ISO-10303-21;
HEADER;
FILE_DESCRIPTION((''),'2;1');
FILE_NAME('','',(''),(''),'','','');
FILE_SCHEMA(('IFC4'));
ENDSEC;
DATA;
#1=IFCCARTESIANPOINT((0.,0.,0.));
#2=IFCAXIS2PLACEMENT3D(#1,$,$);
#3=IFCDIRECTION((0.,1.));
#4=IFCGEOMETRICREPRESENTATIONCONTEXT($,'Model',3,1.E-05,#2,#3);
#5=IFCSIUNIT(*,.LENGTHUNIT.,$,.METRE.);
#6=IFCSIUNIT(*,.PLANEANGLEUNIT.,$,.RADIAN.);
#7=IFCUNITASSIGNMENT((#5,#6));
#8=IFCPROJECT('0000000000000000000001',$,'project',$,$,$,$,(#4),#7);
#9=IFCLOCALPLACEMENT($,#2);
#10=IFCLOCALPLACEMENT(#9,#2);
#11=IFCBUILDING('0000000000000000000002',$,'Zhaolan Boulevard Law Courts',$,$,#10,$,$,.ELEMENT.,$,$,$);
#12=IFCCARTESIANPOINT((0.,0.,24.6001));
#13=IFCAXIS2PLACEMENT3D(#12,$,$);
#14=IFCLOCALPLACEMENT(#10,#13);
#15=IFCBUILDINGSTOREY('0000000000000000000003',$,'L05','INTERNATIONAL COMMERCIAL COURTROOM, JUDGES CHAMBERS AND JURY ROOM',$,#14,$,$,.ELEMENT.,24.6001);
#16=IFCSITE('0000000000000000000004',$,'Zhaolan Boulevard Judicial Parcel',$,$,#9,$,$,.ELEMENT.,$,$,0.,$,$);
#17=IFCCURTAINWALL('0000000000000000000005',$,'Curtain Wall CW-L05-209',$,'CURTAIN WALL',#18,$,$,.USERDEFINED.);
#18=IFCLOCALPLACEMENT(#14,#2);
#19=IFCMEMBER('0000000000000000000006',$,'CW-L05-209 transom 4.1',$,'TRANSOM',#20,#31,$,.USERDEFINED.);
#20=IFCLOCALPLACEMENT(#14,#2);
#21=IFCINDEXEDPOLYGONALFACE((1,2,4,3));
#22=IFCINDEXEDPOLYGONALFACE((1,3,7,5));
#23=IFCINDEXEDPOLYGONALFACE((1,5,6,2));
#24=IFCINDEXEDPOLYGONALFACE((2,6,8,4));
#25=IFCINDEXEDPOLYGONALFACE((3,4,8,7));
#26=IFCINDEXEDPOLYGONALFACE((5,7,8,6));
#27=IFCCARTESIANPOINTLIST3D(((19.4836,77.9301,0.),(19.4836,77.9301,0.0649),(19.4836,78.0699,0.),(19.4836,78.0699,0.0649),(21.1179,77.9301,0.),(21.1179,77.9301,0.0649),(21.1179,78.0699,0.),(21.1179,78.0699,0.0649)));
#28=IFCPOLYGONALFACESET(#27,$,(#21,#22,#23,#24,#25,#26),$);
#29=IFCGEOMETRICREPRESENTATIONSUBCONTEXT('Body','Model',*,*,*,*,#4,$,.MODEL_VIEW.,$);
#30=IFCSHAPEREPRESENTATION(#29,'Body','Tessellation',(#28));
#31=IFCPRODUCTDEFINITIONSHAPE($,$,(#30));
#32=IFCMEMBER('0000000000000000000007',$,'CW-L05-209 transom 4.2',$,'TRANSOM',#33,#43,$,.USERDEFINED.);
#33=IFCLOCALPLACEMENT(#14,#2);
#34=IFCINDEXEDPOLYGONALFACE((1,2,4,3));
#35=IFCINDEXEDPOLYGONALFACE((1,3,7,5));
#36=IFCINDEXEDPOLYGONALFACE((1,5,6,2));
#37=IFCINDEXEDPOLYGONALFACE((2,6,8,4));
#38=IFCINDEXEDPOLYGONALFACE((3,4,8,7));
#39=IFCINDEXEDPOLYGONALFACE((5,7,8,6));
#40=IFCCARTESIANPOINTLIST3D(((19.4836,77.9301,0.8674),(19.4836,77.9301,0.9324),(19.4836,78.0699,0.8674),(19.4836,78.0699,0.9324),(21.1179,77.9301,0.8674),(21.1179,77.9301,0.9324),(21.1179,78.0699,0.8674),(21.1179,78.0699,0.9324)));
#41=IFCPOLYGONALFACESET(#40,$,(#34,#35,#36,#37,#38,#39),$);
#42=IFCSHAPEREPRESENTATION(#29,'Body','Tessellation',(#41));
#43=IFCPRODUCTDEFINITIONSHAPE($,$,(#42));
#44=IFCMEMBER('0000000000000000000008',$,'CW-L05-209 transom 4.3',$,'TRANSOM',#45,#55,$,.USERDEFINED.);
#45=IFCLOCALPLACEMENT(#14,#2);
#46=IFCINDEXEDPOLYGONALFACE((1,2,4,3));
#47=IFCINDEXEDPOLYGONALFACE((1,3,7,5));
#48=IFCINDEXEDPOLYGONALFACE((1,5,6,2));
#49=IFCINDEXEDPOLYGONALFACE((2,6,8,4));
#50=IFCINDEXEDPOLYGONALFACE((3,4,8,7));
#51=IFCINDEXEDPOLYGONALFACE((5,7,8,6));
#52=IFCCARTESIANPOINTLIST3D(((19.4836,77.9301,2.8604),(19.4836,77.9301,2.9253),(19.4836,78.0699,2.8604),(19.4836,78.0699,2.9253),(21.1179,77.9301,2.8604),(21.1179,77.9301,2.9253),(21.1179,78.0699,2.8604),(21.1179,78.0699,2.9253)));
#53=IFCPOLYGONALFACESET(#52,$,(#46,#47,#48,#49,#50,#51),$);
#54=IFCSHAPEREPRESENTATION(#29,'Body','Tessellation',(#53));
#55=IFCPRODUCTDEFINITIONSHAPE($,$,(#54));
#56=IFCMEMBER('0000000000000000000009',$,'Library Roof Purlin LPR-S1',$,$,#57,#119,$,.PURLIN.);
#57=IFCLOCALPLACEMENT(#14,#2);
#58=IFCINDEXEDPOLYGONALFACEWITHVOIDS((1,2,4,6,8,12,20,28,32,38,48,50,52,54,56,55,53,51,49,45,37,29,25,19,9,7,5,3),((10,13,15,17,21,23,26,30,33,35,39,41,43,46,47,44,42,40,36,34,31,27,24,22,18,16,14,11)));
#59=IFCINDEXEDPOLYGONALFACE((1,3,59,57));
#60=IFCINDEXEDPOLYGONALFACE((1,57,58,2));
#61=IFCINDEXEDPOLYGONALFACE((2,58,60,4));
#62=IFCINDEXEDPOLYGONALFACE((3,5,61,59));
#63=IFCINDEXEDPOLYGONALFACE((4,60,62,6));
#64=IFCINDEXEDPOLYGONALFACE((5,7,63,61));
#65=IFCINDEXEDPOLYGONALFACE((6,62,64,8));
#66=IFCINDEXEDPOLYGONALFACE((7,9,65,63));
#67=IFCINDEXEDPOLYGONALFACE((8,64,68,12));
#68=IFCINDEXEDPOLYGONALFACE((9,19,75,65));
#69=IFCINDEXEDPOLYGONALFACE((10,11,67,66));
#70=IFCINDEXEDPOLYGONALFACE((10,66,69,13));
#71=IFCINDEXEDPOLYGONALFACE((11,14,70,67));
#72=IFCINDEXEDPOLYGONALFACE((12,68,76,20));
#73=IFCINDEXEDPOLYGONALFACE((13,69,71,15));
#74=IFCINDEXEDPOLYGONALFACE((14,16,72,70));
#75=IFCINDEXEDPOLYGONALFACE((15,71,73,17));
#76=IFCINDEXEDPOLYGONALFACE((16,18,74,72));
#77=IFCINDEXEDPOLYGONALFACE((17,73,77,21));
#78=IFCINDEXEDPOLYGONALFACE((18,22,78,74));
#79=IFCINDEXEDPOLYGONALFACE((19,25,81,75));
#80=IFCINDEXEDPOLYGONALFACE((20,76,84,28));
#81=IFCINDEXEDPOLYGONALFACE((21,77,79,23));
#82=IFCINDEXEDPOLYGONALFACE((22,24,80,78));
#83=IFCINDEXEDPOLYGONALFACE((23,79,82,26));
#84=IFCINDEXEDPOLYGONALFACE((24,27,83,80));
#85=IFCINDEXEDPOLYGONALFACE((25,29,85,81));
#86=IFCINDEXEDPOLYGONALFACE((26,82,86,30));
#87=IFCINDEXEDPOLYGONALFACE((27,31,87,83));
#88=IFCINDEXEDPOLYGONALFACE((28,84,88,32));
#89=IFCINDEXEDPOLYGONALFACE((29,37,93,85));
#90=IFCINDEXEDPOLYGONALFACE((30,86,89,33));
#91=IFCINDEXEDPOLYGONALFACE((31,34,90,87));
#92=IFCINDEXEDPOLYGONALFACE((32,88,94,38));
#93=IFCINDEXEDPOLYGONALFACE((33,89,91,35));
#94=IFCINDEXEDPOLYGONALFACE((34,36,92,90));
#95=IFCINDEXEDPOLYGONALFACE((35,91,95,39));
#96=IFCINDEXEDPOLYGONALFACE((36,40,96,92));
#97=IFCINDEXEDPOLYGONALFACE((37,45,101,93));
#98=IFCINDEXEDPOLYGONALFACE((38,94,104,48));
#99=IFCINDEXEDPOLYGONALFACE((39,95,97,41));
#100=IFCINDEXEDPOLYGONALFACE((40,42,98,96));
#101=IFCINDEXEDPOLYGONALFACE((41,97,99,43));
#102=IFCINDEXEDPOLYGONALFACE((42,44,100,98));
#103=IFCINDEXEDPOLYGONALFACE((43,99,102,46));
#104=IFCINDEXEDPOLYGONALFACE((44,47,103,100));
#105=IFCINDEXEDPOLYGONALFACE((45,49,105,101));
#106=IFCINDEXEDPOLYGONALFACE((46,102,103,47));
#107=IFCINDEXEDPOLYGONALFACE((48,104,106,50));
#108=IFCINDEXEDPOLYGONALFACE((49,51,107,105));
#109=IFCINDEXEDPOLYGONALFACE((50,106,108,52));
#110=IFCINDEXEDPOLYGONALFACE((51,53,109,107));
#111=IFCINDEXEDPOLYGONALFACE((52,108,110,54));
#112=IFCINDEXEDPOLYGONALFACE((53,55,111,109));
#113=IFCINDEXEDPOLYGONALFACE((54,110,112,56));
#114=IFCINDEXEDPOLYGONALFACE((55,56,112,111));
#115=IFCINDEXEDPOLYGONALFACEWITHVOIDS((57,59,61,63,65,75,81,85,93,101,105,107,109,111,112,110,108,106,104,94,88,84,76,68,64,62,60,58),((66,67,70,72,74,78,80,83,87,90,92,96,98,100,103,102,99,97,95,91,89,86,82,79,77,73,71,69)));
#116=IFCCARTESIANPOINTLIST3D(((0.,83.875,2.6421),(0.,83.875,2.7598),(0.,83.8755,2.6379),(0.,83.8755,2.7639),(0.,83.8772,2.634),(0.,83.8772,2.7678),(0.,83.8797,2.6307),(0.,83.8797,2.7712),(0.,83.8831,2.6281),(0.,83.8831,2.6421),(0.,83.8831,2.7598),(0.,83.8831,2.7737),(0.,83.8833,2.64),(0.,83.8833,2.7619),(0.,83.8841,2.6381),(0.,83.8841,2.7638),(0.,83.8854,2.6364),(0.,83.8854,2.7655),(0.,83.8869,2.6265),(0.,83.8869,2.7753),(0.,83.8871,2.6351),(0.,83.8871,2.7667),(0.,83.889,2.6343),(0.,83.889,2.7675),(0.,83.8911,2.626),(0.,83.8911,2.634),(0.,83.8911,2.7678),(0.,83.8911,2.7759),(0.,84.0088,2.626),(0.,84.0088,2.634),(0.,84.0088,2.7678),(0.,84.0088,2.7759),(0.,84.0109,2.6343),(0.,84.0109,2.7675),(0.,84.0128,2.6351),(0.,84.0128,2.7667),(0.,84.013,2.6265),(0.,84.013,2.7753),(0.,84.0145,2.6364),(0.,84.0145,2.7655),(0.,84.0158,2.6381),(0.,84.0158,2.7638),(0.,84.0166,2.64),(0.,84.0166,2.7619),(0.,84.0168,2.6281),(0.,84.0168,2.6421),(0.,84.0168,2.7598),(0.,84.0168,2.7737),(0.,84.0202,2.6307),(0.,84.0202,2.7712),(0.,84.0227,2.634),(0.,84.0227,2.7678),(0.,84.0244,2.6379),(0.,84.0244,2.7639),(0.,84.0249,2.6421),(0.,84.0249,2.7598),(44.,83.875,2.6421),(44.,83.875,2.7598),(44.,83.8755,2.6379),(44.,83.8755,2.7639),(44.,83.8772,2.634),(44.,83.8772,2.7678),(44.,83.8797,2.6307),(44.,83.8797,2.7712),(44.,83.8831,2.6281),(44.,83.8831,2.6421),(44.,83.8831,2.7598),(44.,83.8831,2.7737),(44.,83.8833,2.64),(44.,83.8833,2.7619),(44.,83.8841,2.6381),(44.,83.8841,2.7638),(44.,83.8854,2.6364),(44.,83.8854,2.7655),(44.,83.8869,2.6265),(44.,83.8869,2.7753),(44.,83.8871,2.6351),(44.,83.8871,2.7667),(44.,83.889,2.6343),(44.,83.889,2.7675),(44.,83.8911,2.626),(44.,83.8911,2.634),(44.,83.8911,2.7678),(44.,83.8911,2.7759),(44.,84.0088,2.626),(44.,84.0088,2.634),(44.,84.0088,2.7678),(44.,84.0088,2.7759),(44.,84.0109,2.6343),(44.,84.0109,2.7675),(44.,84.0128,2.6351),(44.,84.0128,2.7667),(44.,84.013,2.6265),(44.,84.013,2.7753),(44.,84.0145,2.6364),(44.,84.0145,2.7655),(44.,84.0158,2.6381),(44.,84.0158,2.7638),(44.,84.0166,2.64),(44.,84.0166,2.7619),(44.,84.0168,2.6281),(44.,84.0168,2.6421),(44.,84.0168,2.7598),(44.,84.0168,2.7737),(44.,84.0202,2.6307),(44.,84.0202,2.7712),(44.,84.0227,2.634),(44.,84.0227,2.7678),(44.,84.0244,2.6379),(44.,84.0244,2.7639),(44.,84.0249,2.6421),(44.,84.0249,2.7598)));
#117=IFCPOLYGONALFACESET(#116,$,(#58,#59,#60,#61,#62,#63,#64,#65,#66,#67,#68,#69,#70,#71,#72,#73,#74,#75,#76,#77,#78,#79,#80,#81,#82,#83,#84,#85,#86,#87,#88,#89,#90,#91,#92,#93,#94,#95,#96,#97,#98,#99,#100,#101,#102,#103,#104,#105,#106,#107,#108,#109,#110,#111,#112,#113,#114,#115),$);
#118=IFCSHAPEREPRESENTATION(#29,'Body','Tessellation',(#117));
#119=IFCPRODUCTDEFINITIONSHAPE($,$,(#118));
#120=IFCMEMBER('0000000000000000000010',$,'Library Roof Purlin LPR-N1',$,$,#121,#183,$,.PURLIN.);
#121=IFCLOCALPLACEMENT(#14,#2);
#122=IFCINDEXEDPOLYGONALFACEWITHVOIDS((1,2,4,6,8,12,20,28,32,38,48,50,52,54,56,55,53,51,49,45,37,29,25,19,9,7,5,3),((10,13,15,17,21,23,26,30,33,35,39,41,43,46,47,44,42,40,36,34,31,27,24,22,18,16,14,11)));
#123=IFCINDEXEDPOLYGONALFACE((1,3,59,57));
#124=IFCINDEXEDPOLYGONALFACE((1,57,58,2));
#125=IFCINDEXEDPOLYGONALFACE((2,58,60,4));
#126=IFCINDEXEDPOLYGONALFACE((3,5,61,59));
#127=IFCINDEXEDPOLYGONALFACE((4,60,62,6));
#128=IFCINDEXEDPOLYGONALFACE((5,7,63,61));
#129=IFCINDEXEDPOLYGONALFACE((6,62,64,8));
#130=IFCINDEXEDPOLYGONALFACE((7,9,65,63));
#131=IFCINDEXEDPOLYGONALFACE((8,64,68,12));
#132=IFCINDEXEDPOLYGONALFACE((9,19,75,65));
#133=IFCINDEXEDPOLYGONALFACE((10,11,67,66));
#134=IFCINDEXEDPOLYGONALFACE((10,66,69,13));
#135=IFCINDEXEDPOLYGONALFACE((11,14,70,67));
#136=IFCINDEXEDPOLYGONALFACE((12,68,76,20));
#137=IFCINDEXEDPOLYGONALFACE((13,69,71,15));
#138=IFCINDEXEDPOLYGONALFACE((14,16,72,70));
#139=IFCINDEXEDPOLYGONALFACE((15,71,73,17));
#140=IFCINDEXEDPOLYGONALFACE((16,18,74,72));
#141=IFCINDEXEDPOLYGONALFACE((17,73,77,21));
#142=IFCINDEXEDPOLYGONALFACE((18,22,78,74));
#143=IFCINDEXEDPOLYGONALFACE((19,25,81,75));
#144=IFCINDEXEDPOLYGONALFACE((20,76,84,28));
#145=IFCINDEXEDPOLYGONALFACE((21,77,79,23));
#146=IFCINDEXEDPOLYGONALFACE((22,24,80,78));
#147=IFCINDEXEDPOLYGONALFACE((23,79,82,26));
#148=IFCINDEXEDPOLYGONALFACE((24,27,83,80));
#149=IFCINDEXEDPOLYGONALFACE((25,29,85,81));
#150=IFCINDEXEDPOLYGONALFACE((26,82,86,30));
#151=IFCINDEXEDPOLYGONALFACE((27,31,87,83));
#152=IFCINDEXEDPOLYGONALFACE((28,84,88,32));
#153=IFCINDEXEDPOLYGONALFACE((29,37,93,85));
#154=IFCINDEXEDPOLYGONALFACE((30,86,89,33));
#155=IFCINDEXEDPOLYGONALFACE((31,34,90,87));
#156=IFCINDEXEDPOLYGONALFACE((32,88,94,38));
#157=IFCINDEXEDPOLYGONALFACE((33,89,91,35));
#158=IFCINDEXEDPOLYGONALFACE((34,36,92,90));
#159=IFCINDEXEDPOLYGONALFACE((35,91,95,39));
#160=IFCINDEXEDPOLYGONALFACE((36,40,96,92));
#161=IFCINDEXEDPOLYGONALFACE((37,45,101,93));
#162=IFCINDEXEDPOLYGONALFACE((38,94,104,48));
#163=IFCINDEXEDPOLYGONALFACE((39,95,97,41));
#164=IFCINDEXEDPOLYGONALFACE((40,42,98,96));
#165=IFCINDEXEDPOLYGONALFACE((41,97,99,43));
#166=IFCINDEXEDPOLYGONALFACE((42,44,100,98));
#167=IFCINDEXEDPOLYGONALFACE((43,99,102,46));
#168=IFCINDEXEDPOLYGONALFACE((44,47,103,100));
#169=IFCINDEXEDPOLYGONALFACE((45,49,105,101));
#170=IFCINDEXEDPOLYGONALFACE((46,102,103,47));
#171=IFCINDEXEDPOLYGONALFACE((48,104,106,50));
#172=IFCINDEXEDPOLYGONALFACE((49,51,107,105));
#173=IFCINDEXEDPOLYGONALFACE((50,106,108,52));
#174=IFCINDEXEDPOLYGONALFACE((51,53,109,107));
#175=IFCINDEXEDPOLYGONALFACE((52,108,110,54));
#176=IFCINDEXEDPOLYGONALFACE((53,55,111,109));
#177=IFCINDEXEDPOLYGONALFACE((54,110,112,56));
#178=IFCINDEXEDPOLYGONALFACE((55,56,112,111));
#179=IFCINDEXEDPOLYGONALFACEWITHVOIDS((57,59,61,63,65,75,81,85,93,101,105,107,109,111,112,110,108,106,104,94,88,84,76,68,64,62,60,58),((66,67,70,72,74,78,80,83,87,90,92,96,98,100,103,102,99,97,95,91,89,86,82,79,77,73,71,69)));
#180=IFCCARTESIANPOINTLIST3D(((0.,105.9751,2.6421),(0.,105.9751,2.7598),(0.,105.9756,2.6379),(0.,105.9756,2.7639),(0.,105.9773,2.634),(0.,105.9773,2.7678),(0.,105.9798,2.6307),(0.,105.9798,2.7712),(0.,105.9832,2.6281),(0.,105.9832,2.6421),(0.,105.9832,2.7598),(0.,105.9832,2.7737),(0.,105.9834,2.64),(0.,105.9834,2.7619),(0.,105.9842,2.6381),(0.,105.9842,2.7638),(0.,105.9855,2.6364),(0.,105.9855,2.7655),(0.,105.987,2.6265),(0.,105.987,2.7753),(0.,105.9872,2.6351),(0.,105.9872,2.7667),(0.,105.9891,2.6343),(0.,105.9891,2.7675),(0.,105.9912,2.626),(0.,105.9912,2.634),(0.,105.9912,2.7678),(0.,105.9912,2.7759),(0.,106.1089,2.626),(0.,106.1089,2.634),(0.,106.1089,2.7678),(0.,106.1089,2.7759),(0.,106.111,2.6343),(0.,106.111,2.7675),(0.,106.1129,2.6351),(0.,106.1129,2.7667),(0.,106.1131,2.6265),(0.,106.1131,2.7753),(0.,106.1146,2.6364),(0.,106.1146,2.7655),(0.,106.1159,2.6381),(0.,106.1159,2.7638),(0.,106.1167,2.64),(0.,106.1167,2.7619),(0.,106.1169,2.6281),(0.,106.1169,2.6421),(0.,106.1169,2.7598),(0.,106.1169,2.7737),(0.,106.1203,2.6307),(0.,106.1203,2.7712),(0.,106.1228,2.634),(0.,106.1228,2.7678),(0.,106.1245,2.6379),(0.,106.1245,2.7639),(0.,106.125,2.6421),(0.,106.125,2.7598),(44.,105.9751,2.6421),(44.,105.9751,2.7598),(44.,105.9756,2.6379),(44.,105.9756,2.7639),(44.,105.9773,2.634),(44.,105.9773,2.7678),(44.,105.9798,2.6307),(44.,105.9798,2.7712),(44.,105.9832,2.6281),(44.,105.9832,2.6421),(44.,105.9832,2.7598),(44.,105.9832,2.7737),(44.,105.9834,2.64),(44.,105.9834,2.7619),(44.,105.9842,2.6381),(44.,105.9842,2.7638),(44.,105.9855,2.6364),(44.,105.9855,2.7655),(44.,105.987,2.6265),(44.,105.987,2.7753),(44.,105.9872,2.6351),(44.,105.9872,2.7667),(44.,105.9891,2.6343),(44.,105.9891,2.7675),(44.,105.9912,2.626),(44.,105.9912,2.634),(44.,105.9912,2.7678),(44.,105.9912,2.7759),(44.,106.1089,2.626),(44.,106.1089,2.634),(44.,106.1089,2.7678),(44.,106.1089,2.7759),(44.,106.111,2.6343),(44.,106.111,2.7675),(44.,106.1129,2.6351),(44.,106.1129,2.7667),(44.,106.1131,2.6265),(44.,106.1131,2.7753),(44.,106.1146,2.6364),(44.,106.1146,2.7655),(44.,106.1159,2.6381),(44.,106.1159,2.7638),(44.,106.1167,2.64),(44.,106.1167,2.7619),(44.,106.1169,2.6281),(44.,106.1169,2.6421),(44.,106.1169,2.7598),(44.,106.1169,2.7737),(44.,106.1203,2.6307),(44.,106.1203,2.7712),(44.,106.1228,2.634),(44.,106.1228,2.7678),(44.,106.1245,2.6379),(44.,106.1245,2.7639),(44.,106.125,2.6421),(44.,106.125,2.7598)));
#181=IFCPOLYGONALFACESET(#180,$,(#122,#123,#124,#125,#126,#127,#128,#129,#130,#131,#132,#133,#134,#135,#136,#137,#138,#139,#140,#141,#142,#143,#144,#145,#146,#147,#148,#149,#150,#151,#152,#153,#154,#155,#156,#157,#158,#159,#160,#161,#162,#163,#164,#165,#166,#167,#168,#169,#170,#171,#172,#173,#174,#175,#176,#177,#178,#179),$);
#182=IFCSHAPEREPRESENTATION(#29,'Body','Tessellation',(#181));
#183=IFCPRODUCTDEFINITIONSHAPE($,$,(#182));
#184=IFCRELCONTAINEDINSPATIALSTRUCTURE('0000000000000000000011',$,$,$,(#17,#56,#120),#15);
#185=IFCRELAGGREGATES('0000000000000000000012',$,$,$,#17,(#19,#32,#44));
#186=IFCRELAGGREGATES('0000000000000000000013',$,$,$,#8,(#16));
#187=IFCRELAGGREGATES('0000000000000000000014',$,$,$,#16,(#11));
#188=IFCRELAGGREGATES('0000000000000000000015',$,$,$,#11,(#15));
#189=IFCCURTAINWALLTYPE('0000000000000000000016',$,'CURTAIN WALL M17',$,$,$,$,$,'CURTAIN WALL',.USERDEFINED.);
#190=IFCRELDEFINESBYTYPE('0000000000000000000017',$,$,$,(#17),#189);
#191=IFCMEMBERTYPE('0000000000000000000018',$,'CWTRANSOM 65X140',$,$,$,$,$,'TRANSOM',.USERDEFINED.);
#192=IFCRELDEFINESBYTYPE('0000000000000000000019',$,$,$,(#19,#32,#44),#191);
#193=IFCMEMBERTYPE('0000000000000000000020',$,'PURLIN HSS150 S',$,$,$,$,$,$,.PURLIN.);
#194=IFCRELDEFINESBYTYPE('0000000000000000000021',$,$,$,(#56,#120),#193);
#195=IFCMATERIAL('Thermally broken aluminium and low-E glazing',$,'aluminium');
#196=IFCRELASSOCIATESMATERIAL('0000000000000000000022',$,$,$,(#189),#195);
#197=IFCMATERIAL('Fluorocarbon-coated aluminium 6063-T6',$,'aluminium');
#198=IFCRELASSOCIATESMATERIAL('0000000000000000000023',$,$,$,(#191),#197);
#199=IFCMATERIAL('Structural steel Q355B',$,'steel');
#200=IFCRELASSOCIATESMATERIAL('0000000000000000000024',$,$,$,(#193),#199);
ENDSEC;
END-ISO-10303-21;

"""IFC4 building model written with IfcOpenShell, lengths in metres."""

from ifc_helpers import new_model, si_unit, direction, frame, origin, origin_2d, place, context, subcontext, project, spatial, rectangle, hollow_rectangle, extrude, material, material_profile, profile_set, type_object, element, aggregate, save


model = new_model("IFC4")

# Units and contexts
model_context = context("Model", 3, precision=1e-05, world=origin(), true_north=direction((0.0, 1.0)))
body_context = subcontext(model_context, "Body", "Model", "MODEL_VIEW")
ifc_project = project(units=[si_unit("LENGTHUNIT", "METRE"), si_unit("PLANEANGLEUNIT", "RADIAN")], contexts=[model_context])

# Site, building, storey
site_placement = place(None, origin())
site = spatial("IfcSite", under=ifc_project, at=site_placement, Name="Zhaolan Boulevard Judicial Parcel", CompositionType="ELEMENT", RefElevation=0.0)
building_placement = place(site_placement, origin())
building = spatial("IfcBuilding", under=site, at=building_placement, Name="Zhaolan Boulevard Law Courts", CompositionType="ELEMENT")
storey_placement = place(building_placement, frame((0.0, 0.0, 24.6001)))
storey = spatial("IfcBuildingStorey", under=building, at=storey_placement, Name="L05", Description="INTERNATIONAL COMMERCIAL COURTROOM, JUDGES CHAMBERS AND JURY ROOM", CompositionType="ELEMENT", Elevation=24.6001)

# Curtain wall, members
ifc_material_1 = material(Name="Thermally broken aluminium and low-E glazing", Category="aluminium")
curtain_wall_type = type_object("IfcCurtainWallType", Name="CURTAIN WALL M17", ElementType="CURTAIN WALL", PredefinedType="USERDEFINED", material=ifc_material_1)
curtain_wall_placement = place(storey_placement, origin())
curtain_wall = element("IfcCurtainWall", 1, at=curtain_wall_placement, inside=storey, type_object=curtain_wall_type, Name="Curtain Wall CW-L05-209", ObjectType="CURTAIN WALL", PredefinedType="USERDEFINED")
ifc_material_2 = material(Name="Fluorocarbon-coated aluminium 6063-T6", Category="aluminium")
ifc_material_profile_1 = material_profile(ifc_material_2, rectangle(XDim=0.1399, YDim=0.0649, at=origin_2d()), Name="AL65x140")
ifc_profile_set_1 = profile_set([ifc_material_profile_1], Name="Fluorocarbon-coated aluminium 6063-T6")
member_type_1 = type_object("IfcMemberType", Name="CWTRANSOM 65X140", ElementType="TRANSOM", PredefinedType="USERDEFINED", material=ifc_profile_set_1)
member_1_placement = place(storey_placement, frame((21.1179, 78.0, 0.0325), z_axis=(-1.0, 0.0, 0.0), x_axis=(0.0, -1.0, 0.0)))
member_1 = element("IfcMember", 2, at=member_1_placement, type_object=member_type_1, Name="CW-L05-209 transom 4.1", ObjectType="TRANSOM", PredefinedType="USERDEFINED", context=body_context, shape_type="SweptSolid", body=[
    extrude(rectangle(XDim=0.1399, YDim=0.0649, at=origin_2d()), origin(), (0.0, 0.0, 1.0), 1.6343),
])
member_2_placement = place(storey_placement, frame((21.1179, 78.0, 0.8999), z_axis=(-1.0, 0.0, 0.0), x_axis=(0.0, -1.0, 0.0)))
member_2 = element("IfcMember", 3, at=member_2_placement, type_object=member_type_1, Name="CW-L05-209 transom 4.2", ObjectType="TRANSOM", PredefinedType="USERDEFINED", context=body_context, shape_type="SweptSolid", body=[
    extrude(rectangle(XDim=0.1399, YDim=0.0649, at=origin_2d()), origin(), (0.0, 0.0, 1.0), 1.6343),
])
member_3_placement = place(storey_placement, frame((21.1179, 78.0, 2.8928), z_axis=(-1.0, 0.0, 0.0), x_axis=(0.0, -1.0, 0.0)))
member_3 = element("IfcMember", 4, at=member_3_placement, type_object=member_type_1, Name="CW-L05-209 transom 4.3", ObjectType="TRANSOM", PredefinedType="USERDEFINED", context=body_context, shape_type="SweptSolid", body=[
    extrude(rectangle(XDim=0.1399, YDim=0.0649, at=origin_2d()), origin(), (0.0, 0.0, 1.0), 1.6343),
])
aggregate(curtain_wall, [member_1, member_2, member_3])

# Members
ifc_material_3 = material(Name="Structural steel Q355B", Category="steel")
ifc_material_profile_2 = material_profile(ifc_material_3, hollow_rectangle(XDim=0.1499, YDim=0.1499, WallThickness=0.0081, InnerFilletRadius=0.0081, OuterFilletRadius=0.0161, at=origin_2d()), Name="HSS150x150x8")
ifc_profile_set_2 = profile_set([ifc_material_profile_2], Name="Structural steel Q355B")
member_type_2 = type_object("IfcMemberType", Name="PURLIN HSS150 S", PredefinedType="PURLIN", material=ifc_profile_set_2)
for number, where, z_axis, x_axis, name in (
    (5, (0.0, 83.95, 2.7009), (1.0, 0.0, 0.0), (0.0, 1.0, 0.0), "Library Roof Purlin LPR-S1"),
    (6, (0.0, 106.05, 2.7009), (1.0, 0.0, 0.0), (0.0, 1.0, 0.0), "Library Roof Purlin LPR-N1"),
):
    element("IfcMember", number, at=place(storey_placement, frame(where, z_axis=z_axis, x_axis=x_axis)), inside=storey, type_object=member_type_2, Name=name, PredefinedType="PURLIN", context=body_context, shape_type="SweptSolid", body=[
        extrude(hollow_rectangle(XDim=0.1499, YDim=0.1499, WallThickness=0.0081, InnerFilletRadius=0.0081, OuterFilletRadius=0.0161, at=origin_2d()), origin(), (0.0, 0.0, 1.0), 44.0),
    ])

save(model, "model.ifc")
